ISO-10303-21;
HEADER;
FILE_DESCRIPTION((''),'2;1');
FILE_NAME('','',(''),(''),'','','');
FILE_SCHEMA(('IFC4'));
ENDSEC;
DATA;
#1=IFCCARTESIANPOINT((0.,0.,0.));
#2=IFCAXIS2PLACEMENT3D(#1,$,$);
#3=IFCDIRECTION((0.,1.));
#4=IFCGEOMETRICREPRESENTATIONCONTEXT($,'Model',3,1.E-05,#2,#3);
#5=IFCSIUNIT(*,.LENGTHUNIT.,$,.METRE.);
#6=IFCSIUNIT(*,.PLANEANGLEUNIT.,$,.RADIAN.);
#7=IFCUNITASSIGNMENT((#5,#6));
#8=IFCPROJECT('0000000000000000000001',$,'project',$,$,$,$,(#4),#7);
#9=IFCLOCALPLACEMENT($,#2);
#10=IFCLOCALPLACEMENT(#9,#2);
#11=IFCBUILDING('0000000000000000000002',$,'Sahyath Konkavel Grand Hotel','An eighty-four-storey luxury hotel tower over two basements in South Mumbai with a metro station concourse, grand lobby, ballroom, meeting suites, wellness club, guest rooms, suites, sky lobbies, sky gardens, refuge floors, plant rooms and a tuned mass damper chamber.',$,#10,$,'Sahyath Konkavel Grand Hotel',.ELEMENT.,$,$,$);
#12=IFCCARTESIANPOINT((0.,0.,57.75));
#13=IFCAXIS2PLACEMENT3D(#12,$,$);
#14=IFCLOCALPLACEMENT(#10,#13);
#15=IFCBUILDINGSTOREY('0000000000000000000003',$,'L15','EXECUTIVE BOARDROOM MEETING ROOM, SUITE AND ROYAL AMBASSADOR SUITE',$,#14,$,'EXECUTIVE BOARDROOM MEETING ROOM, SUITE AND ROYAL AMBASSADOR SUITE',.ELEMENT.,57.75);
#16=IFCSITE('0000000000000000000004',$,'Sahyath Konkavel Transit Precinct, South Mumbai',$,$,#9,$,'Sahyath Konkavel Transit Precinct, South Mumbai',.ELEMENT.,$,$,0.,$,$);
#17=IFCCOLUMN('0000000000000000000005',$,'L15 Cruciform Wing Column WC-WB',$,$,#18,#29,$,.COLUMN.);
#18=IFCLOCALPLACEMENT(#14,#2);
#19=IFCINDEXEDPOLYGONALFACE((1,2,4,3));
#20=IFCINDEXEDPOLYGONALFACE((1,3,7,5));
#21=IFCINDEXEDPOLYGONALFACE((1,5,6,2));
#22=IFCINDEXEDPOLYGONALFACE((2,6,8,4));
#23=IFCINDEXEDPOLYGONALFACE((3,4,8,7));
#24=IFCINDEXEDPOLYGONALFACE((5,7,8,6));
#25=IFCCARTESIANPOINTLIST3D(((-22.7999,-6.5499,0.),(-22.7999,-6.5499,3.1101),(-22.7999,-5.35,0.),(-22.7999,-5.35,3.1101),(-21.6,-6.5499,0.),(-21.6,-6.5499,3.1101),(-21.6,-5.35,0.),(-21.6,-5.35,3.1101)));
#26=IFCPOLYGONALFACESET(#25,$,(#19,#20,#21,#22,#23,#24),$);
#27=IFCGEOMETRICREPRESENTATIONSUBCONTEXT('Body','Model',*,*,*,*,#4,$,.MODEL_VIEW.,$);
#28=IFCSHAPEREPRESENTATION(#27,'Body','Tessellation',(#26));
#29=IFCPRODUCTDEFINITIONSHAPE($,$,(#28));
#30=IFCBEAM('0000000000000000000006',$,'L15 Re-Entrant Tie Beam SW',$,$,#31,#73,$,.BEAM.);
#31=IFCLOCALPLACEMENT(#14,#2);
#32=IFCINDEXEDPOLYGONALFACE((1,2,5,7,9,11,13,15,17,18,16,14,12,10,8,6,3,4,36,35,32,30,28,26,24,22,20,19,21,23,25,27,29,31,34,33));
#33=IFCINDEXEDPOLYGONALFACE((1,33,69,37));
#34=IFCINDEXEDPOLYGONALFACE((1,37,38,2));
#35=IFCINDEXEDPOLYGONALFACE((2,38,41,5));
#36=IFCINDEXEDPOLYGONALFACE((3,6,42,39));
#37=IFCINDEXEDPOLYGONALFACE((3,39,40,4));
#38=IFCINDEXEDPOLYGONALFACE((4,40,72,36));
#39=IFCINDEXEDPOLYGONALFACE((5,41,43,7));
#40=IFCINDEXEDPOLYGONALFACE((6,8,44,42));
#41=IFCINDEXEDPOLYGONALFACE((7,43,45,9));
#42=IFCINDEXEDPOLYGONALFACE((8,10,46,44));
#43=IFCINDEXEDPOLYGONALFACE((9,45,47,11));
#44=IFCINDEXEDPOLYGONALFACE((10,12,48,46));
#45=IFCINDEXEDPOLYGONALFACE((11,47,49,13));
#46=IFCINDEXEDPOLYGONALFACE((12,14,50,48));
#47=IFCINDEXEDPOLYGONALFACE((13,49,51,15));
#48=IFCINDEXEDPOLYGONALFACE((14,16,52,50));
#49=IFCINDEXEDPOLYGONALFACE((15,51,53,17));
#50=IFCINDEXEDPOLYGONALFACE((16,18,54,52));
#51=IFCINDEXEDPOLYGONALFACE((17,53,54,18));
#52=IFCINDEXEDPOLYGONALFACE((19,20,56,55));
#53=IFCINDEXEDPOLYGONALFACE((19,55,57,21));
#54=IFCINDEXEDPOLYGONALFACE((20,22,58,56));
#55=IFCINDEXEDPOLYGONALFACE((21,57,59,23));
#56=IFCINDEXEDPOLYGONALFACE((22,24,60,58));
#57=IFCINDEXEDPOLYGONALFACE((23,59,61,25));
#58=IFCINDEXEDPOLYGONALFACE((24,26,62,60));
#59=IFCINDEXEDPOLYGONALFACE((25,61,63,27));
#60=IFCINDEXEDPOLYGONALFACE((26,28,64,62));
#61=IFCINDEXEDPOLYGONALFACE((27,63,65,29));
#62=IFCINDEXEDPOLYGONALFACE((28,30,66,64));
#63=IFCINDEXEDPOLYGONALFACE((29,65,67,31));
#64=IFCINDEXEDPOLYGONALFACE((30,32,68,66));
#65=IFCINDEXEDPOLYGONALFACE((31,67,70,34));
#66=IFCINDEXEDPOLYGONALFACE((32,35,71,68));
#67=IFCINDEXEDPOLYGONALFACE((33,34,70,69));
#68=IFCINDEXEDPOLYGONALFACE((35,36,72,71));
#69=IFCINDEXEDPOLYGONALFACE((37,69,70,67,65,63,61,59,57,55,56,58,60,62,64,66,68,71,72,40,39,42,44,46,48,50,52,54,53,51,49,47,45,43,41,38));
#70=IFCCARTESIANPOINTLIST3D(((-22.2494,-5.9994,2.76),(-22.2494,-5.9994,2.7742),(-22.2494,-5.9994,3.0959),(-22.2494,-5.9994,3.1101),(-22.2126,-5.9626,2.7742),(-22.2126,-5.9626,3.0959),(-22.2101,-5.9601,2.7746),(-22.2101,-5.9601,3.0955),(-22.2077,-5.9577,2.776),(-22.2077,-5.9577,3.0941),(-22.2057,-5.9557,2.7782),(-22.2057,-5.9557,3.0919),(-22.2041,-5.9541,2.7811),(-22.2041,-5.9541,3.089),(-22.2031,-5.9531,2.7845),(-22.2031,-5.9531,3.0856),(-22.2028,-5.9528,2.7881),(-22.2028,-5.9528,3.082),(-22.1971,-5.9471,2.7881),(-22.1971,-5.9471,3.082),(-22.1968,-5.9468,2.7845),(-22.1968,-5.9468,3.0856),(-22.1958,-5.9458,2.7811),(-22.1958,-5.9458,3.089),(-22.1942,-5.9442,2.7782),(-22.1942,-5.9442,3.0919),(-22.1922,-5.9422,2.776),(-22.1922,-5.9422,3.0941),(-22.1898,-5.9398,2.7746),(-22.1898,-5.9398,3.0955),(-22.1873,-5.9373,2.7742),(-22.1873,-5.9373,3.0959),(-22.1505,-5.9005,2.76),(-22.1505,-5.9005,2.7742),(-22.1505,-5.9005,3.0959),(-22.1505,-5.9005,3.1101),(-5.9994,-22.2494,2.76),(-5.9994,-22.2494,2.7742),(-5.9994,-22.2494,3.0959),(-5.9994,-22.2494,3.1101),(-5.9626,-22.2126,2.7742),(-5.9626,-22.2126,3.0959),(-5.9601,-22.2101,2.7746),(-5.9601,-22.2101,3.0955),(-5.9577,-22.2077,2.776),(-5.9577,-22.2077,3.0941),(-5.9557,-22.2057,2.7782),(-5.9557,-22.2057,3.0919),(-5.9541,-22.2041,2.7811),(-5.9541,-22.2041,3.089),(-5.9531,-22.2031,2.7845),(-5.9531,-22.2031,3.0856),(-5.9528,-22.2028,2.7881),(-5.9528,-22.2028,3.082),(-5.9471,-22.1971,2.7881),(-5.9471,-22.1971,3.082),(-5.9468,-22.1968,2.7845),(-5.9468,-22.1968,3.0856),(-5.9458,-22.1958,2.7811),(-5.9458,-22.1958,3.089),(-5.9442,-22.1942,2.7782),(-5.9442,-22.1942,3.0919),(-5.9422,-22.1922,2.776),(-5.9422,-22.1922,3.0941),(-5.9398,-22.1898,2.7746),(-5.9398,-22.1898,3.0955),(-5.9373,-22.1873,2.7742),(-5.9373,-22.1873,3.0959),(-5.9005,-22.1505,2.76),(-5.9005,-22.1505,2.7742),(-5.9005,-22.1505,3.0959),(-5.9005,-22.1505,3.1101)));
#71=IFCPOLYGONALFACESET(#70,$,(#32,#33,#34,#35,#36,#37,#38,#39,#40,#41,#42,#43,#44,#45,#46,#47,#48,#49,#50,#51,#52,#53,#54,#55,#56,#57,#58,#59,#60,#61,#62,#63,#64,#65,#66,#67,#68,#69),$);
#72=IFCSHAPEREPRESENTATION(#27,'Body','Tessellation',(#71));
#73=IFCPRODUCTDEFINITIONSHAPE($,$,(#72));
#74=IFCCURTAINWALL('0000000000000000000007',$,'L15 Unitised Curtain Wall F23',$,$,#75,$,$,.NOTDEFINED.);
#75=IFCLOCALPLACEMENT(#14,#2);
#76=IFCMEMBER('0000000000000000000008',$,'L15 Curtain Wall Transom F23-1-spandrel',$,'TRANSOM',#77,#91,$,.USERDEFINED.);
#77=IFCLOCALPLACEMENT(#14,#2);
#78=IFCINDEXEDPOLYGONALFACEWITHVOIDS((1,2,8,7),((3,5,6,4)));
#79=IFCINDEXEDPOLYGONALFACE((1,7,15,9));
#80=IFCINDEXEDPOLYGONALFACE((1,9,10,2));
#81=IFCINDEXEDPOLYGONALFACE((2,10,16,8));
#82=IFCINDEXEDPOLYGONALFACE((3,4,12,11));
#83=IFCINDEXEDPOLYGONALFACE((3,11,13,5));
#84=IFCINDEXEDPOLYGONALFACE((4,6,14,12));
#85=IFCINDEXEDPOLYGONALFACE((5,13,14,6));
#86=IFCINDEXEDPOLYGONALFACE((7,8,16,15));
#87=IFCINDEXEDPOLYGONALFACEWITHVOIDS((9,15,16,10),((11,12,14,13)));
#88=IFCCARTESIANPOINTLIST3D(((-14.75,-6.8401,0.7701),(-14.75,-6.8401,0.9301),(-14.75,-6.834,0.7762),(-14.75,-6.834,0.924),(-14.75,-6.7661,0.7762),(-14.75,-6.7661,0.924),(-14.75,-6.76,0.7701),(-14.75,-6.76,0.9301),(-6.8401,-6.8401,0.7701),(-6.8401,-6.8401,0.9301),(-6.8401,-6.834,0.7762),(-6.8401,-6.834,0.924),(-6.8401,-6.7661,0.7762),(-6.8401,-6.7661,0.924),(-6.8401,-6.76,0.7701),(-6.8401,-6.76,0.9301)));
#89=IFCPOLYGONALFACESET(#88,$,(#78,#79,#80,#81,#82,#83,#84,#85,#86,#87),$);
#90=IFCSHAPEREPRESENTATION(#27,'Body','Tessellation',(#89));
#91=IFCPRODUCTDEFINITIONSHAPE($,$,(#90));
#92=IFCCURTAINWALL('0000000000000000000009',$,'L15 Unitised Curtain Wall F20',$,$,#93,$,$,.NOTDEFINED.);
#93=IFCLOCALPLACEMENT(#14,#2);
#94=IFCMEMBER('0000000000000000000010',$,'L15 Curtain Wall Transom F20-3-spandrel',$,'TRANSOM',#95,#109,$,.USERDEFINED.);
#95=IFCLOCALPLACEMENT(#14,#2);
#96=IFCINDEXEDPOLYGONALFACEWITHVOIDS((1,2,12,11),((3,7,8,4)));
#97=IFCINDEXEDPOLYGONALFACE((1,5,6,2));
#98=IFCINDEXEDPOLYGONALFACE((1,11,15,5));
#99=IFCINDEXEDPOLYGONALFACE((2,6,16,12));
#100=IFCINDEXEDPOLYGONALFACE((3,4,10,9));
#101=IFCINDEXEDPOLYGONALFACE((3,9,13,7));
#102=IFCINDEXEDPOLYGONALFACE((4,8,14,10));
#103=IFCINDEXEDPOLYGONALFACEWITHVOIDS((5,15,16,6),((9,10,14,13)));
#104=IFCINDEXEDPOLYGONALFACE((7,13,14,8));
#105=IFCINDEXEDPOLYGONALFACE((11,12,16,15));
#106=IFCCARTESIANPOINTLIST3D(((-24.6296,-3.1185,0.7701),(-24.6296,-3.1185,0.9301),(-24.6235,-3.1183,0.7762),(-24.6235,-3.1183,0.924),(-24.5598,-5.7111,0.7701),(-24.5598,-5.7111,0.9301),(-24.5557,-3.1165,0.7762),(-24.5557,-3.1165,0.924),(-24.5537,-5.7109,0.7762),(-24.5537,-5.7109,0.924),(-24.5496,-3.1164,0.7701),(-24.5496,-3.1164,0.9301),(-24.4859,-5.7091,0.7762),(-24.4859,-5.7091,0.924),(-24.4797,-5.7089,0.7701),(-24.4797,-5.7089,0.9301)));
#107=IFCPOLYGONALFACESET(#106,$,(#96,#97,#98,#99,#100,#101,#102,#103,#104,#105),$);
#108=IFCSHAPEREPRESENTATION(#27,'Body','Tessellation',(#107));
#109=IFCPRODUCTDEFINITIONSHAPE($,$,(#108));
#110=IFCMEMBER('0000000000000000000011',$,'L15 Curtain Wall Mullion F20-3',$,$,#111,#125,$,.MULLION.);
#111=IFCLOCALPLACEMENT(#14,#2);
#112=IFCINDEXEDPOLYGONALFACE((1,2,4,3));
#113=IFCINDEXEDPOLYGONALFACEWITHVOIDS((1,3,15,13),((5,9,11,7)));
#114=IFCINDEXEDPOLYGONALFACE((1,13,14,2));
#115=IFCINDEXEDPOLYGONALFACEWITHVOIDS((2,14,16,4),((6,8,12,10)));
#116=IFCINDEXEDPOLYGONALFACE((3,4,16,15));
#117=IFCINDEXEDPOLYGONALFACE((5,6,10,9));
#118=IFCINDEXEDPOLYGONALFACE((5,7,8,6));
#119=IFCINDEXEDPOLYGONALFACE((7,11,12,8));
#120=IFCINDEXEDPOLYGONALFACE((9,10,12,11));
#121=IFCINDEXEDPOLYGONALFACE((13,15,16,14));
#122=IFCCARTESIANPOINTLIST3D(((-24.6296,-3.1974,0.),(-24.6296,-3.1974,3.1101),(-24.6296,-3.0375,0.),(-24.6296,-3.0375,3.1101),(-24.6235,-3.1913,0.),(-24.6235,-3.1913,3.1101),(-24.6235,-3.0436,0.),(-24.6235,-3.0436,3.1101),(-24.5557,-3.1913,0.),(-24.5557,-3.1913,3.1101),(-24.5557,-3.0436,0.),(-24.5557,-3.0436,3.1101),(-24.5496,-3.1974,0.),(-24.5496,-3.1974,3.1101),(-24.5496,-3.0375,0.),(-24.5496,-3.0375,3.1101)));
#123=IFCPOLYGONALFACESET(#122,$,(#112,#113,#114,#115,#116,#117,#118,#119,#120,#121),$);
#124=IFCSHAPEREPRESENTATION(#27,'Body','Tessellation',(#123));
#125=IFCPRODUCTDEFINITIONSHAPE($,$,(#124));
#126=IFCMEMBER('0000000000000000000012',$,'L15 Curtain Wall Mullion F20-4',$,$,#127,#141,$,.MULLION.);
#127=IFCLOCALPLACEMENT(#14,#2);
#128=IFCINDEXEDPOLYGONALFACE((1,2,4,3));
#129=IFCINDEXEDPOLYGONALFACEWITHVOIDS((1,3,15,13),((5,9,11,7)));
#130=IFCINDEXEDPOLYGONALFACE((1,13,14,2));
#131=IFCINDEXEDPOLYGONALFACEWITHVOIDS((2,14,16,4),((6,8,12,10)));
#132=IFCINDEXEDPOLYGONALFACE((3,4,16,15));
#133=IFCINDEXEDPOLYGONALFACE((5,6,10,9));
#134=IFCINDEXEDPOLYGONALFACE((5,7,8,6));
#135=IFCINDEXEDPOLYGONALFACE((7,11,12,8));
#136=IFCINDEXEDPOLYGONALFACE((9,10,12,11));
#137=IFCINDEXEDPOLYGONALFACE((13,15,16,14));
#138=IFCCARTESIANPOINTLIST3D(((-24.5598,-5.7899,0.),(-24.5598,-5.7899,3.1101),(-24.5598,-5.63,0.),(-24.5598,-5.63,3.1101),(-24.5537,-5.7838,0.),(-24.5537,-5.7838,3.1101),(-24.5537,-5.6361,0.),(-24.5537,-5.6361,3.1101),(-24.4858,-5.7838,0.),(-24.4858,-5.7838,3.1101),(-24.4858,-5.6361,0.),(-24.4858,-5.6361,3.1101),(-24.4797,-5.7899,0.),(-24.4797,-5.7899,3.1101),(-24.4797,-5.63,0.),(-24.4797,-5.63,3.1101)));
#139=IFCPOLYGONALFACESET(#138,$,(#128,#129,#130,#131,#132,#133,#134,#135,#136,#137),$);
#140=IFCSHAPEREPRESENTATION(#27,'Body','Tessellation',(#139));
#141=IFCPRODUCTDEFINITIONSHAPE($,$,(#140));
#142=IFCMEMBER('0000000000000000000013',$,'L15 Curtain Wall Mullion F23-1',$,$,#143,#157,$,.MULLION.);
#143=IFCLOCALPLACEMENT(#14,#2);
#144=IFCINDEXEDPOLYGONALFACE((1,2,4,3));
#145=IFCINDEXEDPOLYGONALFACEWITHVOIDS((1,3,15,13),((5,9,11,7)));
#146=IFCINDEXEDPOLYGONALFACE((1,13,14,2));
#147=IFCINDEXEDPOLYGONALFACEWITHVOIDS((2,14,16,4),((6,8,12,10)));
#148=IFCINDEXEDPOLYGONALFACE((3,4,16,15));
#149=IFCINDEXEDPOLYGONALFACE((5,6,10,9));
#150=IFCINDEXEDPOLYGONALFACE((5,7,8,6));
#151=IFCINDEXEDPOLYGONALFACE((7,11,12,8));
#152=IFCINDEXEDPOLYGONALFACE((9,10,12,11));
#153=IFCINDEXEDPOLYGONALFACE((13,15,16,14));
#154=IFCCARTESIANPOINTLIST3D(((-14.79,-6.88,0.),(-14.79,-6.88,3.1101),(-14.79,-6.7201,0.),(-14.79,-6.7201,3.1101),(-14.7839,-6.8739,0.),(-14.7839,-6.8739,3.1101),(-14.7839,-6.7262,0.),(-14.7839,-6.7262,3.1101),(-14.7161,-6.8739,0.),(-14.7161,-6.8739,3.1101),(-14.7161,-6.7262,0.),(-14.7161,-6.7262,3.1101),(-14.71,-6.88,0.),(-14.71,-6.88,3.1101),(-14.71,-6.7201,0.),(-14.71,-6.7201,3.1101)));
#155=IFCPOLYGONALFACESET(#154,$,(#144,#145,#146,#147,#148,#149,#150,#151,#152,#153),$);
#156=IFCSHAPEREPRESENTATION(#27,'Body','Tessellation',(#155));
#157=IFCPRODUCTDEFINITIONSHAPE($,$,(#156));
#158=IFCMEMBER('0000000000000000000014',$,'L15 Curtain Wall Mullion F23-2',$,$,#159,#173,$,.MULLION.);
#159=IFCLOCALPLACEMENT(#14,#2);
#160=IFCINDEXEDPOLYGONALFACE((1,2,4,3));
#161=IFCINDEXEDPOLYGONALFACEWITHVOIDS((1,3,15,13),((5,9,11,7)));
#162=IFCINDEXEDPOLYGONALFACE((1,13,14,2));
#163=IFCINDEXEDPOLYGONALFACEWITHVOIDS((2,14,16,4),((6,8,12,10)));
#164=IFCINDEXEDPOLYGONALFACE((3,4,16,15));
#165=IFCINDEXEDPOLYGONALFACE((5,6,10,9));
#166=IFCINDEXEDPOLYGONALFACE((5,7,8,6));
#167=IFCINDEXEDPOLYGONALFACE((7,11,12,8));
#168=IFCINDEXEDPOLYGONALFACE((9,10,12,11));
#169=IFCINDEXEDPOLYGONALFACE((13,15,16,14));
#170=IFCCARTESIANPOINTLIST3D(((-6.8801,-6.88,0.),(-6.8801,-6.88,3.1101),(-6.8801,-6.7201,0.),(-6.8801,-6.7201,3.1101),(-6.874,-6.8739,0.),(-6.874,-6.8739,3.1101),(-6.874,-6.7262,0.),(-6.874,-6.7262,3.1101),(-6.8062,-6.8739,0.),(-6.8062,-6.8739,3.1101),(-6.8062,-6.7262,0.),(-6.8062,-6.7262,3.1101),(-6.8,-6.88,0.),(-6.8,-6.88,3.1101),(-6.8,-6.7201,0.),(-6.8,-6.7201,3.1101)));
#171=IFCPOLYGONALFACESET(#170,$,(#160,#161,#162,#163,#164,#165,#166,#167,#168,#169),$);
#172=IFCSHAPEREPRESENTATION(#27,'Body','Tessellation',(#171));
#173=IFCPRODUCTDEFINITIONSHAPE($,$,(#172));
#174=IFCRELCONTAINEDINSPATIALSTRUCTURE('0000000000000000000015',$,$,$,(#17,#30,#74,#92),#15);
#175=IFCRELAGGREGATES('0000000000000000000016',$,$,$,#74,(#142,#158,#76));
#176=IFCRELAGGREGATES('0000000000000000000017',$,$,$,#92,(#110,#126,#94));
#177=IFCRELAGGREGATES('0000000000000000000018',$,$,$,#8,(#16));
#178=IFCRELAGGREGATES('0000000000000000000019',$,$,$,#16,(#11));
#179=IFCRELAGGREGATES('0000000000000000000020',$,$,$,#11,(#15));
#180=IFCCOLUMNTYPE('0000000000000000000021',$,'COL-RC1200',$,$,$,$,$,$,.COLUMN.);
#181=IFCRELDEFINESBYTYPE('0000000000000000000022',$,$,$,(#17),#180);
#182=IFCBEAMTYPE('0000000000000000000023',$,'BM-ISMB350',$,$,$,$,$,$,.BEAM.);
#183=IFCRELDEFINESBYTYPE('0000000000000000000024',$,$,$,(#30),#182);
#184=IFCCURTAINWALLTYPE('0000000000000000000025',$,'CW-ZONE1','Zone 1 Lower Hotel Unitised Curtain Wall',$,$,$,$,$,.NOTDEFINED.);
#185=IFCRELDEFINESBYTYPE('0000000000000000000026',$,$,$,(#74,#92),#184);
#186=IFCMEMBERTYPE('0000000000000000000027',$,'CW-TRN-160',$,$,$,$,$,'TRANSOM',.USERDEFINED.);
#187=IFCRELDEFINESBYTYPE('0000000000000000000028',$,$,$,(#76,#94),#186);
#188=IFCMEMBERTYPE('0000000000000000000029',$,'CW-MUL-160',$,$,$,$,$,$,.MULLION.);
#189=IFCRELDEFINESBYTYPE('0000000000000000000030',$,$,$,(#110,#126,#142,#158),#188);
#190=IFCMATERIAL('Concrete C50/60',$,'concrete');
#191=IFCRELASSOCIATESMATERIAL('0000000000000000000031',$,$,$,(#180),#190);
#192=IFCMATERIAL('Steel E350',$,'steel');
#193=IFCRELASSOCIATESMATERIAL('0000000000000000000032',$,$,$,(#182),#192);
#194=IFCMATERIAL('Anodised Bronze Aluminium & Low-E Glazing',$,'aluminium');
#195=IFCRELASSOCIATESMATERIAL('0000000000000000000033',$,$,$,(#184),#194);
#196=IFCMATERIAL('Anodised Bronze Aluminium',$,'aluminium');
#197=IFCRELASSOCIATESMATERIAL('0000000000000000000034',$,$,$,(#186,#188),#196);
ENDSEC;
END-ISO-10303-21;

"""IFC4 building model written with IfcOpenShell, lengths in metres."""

from ifc_helpers import new_model, si_unit, direction, frame, origin, origin_2d, place, context, subcontext, project, spatial, rectangle, hollow_rectangle, i_section, extrude, source, transform, mapped, material, material_profile, profile_set, type_object, element, aggregate, save


model = new_model("IFC4")

# Units and contexts
model_context = context("Model", 3, precision=1e-05, world=origin(), true_north=direction((0.0, 1.0)))
body_context = subcontext(model_context, "Body", "Model", "MODEL_VIEW")
ifc_project = project(units=[si_unit("LENGTHUNIT", "METRE"), si_unit("PLANEANGLEUNIT", "RADIAN")], contexts=[model_context])

# Site, building, storey
site_placement = place(None, origin())
site = spatial("IfcSite", under=ifc_project, at=site_placement, Name="Sahyath Konkavel Transit Precinct, South Mumbai", LongName="Sahyath Konkavel Transit Precinct, South Mumbai", CompositionType="ELEMENT", RefElevation=0.0)
building_placement = place(site_placement, origin())
building = spatial("IfcBuilding", under=site, at=building_placement, Name="Sahyath Konkavel Grand Hotel", Description="An eighty-four-storey luxury hotel tower over two basements in South Mumbai with a metro station concourse, grand lobby, ballroom, meeting suites, wellness club, guest rooms, suites, sky lobbies, sky gardens, refuge floors, plant rooms and a tuned mass damper chamber.", LongName="Sahyath Konkavel Grand Hotel", CompositionType="ELEMENT")
storey_placement = place(building_placement, frame((0.0, 0.0, 57.75)))
storey = spatial("IfcBuildingStorey", under=building, at=storey_placement, Name="L15", Description="EXECUTIVE BOARDROOM MEETING ROOM, SUITE AND ROYAL AMBASSADOR SUITE", LongName="EXECUTIVE BOARDROOM MEETING ROOM, SUITE AND ROYAL AMBASSADOR SUITE", CompositionType="ELEMENT", Elevation=57.75)

# Column
ifc_material_1 = material(Name="Concrete C50/60", Category="concrete")
ifc_material_profile_1 = material_profile(ifc_material_1, rectangle(XDim=1.2, YDim=1.2, at=origin_2d()), Name="RC 1200x1200")
ifc_profile_set_1 = profile_set([ifc_material_profile_1], Name="Concrete C50/60")
column_type = type_object("IfcColumnType", Name="COL-RC1200", PredefinedType="COLUMN", material=ifc_profile_set_1)
shared_shape_1 = source(origin(), body_context, "Body", "SweptSolid", [
    extrude(rectangle(XDim=1.2, YDim=1.2, at=origin_2d()), origin(), (0.0, 0.0, 1.0), 3.1101),
])
column_placement = place(storey_placement, frame((-22.2, -5.95, 0.0), z_axis=(0.0, 0.0, 1.0), x_axis=(1.0, 0.0, 0.0)))
element("IfcColumn", 1, at=column_placement, inside=storey, type_object=column_type, Name="L15 Cruciform Wing Column WC-WB", PredefinedType="COLUMN", context=body_context, shape_type="MappedRepresentation", body=[
    mapped(shared_shape_1, transform((0.0, 0.0, 0.0), scale=1.0)),
])

# Beam
ifc_material_2 = material(Name="Steel E350", Category="steel")
ifc_material_profile_2 = material_profile(ifc_material_2, i_section(OverallWidth=0.1399, OverallDepth=0.3501, WebThickness=0.0081, FlangeThickness=0.0142, FilletRadius=0.0139, at=origin_2d()), Name="ISMB 350")
ifc_profile_set_2 = profile_set([ifc_material_profile_2], Name="Steel E350")
beam_type_1 = type_object("IfcBeamType", Name="BM-ISMB350", PredefinedType="BEAM", material=ifc_profile_set_2)
shared_shape_2 = source(origin(), body_context, "Body", "SweptSolid", [
    extrude(i_section(OverallWidth=0.1399, OverallDepth=0.3501, WebThickness=0.0081, FlangeThickness=0.0142, FilletRadius=0.0139, at=origin_2d()), origin(), (0.0, 0.0, 1.0), 22.981),
])
beam_1_placement = place(storey_placement, frame((-22.2, -5.95, 2.9351), z_axis=(0.707107, -0.707107, 0.0), x_axis=(0.707107, 0.707107, 0.0)))
element("IfcBeam", 2, at=beam_1_placement, inside=storey, type_object=beam_type_1, Name="L15 Re-Entrant Tie Beam SW", PredefinedType="BEAM", context=body_context, shape_type="MappedRepresentation", body=[
    mapped(shared_shape_2, transform((0.0, 0.0, 0.0), scale=1.0)),
])

# Curtain wall, member
ifc_material_3 = material(Name="Anodised Bronze Aluminium & Low-E Glazing", Category="aluminium")
curtain_wall_type = type_object("IfcCurtainWallType", Name="CW-ZONE1", Description="Zone 1 Lower Hotel Unitised Curtain Wall", PredefinedType="NOTDEFINED", material=ifc_material_3)
curtain_wall_1_placement = place(storey_placement, origin())
curtain_wall_1 = element("IfcCurtainWall", 3, at=curtain_wall_1_placement, inside=storey, type_object=curtain_wall_type, Name="L15 Unitised Curtain Wall F23", PredefinedType="NOTDEFINED")
ifc_material_4 = material(Name="Anodised Bronze Aluminium", Category="aluminium")
ifc_material_profile_3 = material_profile(ifc_material_4, hollow_rectangle(XDim=0.0801, YDim=0.1599, WallThickness=0.0061, at=origin_2d()), Name="RHS 160x80x6")
ifc_profile_set_3 = profile_set([ifc_material_profile_3], Name="Anodised Bronze Aluminium")
member_type_1 = type_object("IfcMemberType", Name="CW-TRN-160", ElementType="TRANSOM", PredefinedType="USERDEFINED", material=ifc_profile_set_3)
shared_shape_3 = source(origin(), body_context, "Body", "SweptSolid", [
    extrude(hollow_rectangle(XDim=0.0801, YDim=0.1599, WallThickness=0.0061, at=origin_2d()), origin(), (0.0, 0.0, 1.0), 7.9099),
])
member_1_placement = place(storey_placement, frame((-14.75, -6.8, 0.8501), z_axis=(1.0, 0.0, 0.0), x_axis=(0.0, 1.0, 0.0)))
member_1 = element("IfcMember", 4, at=member_1_placement, type_object=member_type_1, Name="L15 Curtain Wall Transom F23-1-spandrel", ObjectType="TRANSOM", PredefinedType="USERDEFINED", context=body_context, shape_type="MappedRepresentation", body=[
    mapped(shared_shape_3, transform((0.0, 0.0, 0.0), scale=1.0)),
])

# Curtain wall, members
curtain_wall_2_placement = place(storey_placement, origin())
curtain_wall_2 = element("IfcCurtainWall", 5, at=curtain_wall_2_placement, inside=storey, type_object=curtain_wall_type, Name="L15 Unitised Curtain Wall F20", PredefinedType="NOTDEFINED")
shared_shape_4 = source(origin(), body_context, "Body", "SweptSolid", [
    extrude(hollow_rectangle(XDim=0.0801, YDim=0.1599, WallThickness=0.0061, at=origin_2d()), origin(), (0.0, 0.0, 1.0), 2.5935),
])
member_2_placement = place(storey_placement, frame((-24.5896, -3.1174, 0.8501), z_axis=(0.026923, -0.999638, 0.0), x_axis=(0.999638, 0.026923, 0.0)))
member_2 = element("IfcMember", 6, at=member_2_placement, type_object=member_type_1, Name="L15 Curtain Wall Transom F20-3-spandrel", ObjectType="TRANSOM", PredefinedType="USERDEFINED", context=body_context, shape_type="MappedRepresentation", body=[
    mapped(shared_shape_4, transform((0.0, 0.0, 0.0), scale=1.0)),
])
ifc_material_profile_4 = material_profile(ifc_material_4, hollow_rectangle(XDim=0.0801, YDim=0.1599, WallThickness=0.0061, at=origin_2d()), Name="RHS 160x80x6")
ifc_profile_set_4 = profile_set([ifc_material_profile_4], Name="Anodised Bronze Aluminium")
member_type_2 = type_object("IfcMemberType", Name="CW-MUL-160", PredefinedType="MULLION", material=ifc_profile_set_4)
shared_shape_5 = source(origin(), body_context, "Body", "SweptSolid", [
    extrude(hollow_rectangle(XDim=0.0801, YDim=0.1599, WallThickness=0.0061, at=origin_2d()), origin(), (0.0, 0.0, 1.0), 3.1101),
])
member_3_placement = place(storey_placement, frame((-24.5896, -3.1174, 0.0), z_axis=(0.0, 0.0, 1.0), x_axis=(1.0, 0.0, 0.0)))
member_3 = element("IfcMember", 7, at=member_3_placement, type_object=member_type_2, Name="L15 Curtain Wall Mullion F20-3", PredefinedType="MULLION", context=body_context, shape_type="MappedRepresentation", body=[
    mapped(shared_shape_5, transform((0.0, 0.0, 0.0), scale=1.0)),
])
member_4_placement = place(storey_placement, frame((-24.5198, -5.71, 0.0), z_axis=(0.0, 0.0, 1.0), x_axis=(1.0, 0.0, 0.0)))
member_4 = element("IfcMember", 8, at=member_4_placement, type_object=member_type_2, Name="L15 Curtain Wall Mullion F20-4", PredefinedType="MULLION", context=body_context, shape_type="MappedRepresentation", body=[
    mapped(shared_shape_5, transform((0.0, 0.0, 0.0), scale=1.0)),
])

# Members
member_5_placement = place(storey_placement, frame((-14.75, -6.8, 0.0), z_axis=(0.0, 0.0, 1.0), x_axis=(1.0, 0.0, 0.0)))
member_5 = element("IfcMember", 9, at=member_5_placement, type_object=member_type_2, Name="L15 Curtain Wall Mullion F23-1", PredefinedType="MULLION", context=body_context, shape_type="MappedRepresentation", body=[
    mapped(shared_shape_5, transform((0.0, 0.0, 0.0), scale=1.0)),
])
member_6_placement = place(storey_placement, frame((-6.8401, -6.8, 0.0), z_axis=(0.0, 0.0, 1.0), x_axis=(1.0, 0.0, 0.0)))
member_6 = element("IfcMember", 10, at=member_6_placement, type_object=member_type_2, Name="L15 Curtain Wall Mullion F23-2", PredefinedType="MULLION", context=body_context, shape_type="MappedRepresentation", body=[
    mapped(shared_shape_5, transform((0.0, 0.0, 0.0), scale=1.0)),
])

aggregate(curtain_wall_1, [member_5, member_6, member_1])
aggregate(curtain_wall_2, [member_3, member_4, member_2])

save(model, "model.ifc")
